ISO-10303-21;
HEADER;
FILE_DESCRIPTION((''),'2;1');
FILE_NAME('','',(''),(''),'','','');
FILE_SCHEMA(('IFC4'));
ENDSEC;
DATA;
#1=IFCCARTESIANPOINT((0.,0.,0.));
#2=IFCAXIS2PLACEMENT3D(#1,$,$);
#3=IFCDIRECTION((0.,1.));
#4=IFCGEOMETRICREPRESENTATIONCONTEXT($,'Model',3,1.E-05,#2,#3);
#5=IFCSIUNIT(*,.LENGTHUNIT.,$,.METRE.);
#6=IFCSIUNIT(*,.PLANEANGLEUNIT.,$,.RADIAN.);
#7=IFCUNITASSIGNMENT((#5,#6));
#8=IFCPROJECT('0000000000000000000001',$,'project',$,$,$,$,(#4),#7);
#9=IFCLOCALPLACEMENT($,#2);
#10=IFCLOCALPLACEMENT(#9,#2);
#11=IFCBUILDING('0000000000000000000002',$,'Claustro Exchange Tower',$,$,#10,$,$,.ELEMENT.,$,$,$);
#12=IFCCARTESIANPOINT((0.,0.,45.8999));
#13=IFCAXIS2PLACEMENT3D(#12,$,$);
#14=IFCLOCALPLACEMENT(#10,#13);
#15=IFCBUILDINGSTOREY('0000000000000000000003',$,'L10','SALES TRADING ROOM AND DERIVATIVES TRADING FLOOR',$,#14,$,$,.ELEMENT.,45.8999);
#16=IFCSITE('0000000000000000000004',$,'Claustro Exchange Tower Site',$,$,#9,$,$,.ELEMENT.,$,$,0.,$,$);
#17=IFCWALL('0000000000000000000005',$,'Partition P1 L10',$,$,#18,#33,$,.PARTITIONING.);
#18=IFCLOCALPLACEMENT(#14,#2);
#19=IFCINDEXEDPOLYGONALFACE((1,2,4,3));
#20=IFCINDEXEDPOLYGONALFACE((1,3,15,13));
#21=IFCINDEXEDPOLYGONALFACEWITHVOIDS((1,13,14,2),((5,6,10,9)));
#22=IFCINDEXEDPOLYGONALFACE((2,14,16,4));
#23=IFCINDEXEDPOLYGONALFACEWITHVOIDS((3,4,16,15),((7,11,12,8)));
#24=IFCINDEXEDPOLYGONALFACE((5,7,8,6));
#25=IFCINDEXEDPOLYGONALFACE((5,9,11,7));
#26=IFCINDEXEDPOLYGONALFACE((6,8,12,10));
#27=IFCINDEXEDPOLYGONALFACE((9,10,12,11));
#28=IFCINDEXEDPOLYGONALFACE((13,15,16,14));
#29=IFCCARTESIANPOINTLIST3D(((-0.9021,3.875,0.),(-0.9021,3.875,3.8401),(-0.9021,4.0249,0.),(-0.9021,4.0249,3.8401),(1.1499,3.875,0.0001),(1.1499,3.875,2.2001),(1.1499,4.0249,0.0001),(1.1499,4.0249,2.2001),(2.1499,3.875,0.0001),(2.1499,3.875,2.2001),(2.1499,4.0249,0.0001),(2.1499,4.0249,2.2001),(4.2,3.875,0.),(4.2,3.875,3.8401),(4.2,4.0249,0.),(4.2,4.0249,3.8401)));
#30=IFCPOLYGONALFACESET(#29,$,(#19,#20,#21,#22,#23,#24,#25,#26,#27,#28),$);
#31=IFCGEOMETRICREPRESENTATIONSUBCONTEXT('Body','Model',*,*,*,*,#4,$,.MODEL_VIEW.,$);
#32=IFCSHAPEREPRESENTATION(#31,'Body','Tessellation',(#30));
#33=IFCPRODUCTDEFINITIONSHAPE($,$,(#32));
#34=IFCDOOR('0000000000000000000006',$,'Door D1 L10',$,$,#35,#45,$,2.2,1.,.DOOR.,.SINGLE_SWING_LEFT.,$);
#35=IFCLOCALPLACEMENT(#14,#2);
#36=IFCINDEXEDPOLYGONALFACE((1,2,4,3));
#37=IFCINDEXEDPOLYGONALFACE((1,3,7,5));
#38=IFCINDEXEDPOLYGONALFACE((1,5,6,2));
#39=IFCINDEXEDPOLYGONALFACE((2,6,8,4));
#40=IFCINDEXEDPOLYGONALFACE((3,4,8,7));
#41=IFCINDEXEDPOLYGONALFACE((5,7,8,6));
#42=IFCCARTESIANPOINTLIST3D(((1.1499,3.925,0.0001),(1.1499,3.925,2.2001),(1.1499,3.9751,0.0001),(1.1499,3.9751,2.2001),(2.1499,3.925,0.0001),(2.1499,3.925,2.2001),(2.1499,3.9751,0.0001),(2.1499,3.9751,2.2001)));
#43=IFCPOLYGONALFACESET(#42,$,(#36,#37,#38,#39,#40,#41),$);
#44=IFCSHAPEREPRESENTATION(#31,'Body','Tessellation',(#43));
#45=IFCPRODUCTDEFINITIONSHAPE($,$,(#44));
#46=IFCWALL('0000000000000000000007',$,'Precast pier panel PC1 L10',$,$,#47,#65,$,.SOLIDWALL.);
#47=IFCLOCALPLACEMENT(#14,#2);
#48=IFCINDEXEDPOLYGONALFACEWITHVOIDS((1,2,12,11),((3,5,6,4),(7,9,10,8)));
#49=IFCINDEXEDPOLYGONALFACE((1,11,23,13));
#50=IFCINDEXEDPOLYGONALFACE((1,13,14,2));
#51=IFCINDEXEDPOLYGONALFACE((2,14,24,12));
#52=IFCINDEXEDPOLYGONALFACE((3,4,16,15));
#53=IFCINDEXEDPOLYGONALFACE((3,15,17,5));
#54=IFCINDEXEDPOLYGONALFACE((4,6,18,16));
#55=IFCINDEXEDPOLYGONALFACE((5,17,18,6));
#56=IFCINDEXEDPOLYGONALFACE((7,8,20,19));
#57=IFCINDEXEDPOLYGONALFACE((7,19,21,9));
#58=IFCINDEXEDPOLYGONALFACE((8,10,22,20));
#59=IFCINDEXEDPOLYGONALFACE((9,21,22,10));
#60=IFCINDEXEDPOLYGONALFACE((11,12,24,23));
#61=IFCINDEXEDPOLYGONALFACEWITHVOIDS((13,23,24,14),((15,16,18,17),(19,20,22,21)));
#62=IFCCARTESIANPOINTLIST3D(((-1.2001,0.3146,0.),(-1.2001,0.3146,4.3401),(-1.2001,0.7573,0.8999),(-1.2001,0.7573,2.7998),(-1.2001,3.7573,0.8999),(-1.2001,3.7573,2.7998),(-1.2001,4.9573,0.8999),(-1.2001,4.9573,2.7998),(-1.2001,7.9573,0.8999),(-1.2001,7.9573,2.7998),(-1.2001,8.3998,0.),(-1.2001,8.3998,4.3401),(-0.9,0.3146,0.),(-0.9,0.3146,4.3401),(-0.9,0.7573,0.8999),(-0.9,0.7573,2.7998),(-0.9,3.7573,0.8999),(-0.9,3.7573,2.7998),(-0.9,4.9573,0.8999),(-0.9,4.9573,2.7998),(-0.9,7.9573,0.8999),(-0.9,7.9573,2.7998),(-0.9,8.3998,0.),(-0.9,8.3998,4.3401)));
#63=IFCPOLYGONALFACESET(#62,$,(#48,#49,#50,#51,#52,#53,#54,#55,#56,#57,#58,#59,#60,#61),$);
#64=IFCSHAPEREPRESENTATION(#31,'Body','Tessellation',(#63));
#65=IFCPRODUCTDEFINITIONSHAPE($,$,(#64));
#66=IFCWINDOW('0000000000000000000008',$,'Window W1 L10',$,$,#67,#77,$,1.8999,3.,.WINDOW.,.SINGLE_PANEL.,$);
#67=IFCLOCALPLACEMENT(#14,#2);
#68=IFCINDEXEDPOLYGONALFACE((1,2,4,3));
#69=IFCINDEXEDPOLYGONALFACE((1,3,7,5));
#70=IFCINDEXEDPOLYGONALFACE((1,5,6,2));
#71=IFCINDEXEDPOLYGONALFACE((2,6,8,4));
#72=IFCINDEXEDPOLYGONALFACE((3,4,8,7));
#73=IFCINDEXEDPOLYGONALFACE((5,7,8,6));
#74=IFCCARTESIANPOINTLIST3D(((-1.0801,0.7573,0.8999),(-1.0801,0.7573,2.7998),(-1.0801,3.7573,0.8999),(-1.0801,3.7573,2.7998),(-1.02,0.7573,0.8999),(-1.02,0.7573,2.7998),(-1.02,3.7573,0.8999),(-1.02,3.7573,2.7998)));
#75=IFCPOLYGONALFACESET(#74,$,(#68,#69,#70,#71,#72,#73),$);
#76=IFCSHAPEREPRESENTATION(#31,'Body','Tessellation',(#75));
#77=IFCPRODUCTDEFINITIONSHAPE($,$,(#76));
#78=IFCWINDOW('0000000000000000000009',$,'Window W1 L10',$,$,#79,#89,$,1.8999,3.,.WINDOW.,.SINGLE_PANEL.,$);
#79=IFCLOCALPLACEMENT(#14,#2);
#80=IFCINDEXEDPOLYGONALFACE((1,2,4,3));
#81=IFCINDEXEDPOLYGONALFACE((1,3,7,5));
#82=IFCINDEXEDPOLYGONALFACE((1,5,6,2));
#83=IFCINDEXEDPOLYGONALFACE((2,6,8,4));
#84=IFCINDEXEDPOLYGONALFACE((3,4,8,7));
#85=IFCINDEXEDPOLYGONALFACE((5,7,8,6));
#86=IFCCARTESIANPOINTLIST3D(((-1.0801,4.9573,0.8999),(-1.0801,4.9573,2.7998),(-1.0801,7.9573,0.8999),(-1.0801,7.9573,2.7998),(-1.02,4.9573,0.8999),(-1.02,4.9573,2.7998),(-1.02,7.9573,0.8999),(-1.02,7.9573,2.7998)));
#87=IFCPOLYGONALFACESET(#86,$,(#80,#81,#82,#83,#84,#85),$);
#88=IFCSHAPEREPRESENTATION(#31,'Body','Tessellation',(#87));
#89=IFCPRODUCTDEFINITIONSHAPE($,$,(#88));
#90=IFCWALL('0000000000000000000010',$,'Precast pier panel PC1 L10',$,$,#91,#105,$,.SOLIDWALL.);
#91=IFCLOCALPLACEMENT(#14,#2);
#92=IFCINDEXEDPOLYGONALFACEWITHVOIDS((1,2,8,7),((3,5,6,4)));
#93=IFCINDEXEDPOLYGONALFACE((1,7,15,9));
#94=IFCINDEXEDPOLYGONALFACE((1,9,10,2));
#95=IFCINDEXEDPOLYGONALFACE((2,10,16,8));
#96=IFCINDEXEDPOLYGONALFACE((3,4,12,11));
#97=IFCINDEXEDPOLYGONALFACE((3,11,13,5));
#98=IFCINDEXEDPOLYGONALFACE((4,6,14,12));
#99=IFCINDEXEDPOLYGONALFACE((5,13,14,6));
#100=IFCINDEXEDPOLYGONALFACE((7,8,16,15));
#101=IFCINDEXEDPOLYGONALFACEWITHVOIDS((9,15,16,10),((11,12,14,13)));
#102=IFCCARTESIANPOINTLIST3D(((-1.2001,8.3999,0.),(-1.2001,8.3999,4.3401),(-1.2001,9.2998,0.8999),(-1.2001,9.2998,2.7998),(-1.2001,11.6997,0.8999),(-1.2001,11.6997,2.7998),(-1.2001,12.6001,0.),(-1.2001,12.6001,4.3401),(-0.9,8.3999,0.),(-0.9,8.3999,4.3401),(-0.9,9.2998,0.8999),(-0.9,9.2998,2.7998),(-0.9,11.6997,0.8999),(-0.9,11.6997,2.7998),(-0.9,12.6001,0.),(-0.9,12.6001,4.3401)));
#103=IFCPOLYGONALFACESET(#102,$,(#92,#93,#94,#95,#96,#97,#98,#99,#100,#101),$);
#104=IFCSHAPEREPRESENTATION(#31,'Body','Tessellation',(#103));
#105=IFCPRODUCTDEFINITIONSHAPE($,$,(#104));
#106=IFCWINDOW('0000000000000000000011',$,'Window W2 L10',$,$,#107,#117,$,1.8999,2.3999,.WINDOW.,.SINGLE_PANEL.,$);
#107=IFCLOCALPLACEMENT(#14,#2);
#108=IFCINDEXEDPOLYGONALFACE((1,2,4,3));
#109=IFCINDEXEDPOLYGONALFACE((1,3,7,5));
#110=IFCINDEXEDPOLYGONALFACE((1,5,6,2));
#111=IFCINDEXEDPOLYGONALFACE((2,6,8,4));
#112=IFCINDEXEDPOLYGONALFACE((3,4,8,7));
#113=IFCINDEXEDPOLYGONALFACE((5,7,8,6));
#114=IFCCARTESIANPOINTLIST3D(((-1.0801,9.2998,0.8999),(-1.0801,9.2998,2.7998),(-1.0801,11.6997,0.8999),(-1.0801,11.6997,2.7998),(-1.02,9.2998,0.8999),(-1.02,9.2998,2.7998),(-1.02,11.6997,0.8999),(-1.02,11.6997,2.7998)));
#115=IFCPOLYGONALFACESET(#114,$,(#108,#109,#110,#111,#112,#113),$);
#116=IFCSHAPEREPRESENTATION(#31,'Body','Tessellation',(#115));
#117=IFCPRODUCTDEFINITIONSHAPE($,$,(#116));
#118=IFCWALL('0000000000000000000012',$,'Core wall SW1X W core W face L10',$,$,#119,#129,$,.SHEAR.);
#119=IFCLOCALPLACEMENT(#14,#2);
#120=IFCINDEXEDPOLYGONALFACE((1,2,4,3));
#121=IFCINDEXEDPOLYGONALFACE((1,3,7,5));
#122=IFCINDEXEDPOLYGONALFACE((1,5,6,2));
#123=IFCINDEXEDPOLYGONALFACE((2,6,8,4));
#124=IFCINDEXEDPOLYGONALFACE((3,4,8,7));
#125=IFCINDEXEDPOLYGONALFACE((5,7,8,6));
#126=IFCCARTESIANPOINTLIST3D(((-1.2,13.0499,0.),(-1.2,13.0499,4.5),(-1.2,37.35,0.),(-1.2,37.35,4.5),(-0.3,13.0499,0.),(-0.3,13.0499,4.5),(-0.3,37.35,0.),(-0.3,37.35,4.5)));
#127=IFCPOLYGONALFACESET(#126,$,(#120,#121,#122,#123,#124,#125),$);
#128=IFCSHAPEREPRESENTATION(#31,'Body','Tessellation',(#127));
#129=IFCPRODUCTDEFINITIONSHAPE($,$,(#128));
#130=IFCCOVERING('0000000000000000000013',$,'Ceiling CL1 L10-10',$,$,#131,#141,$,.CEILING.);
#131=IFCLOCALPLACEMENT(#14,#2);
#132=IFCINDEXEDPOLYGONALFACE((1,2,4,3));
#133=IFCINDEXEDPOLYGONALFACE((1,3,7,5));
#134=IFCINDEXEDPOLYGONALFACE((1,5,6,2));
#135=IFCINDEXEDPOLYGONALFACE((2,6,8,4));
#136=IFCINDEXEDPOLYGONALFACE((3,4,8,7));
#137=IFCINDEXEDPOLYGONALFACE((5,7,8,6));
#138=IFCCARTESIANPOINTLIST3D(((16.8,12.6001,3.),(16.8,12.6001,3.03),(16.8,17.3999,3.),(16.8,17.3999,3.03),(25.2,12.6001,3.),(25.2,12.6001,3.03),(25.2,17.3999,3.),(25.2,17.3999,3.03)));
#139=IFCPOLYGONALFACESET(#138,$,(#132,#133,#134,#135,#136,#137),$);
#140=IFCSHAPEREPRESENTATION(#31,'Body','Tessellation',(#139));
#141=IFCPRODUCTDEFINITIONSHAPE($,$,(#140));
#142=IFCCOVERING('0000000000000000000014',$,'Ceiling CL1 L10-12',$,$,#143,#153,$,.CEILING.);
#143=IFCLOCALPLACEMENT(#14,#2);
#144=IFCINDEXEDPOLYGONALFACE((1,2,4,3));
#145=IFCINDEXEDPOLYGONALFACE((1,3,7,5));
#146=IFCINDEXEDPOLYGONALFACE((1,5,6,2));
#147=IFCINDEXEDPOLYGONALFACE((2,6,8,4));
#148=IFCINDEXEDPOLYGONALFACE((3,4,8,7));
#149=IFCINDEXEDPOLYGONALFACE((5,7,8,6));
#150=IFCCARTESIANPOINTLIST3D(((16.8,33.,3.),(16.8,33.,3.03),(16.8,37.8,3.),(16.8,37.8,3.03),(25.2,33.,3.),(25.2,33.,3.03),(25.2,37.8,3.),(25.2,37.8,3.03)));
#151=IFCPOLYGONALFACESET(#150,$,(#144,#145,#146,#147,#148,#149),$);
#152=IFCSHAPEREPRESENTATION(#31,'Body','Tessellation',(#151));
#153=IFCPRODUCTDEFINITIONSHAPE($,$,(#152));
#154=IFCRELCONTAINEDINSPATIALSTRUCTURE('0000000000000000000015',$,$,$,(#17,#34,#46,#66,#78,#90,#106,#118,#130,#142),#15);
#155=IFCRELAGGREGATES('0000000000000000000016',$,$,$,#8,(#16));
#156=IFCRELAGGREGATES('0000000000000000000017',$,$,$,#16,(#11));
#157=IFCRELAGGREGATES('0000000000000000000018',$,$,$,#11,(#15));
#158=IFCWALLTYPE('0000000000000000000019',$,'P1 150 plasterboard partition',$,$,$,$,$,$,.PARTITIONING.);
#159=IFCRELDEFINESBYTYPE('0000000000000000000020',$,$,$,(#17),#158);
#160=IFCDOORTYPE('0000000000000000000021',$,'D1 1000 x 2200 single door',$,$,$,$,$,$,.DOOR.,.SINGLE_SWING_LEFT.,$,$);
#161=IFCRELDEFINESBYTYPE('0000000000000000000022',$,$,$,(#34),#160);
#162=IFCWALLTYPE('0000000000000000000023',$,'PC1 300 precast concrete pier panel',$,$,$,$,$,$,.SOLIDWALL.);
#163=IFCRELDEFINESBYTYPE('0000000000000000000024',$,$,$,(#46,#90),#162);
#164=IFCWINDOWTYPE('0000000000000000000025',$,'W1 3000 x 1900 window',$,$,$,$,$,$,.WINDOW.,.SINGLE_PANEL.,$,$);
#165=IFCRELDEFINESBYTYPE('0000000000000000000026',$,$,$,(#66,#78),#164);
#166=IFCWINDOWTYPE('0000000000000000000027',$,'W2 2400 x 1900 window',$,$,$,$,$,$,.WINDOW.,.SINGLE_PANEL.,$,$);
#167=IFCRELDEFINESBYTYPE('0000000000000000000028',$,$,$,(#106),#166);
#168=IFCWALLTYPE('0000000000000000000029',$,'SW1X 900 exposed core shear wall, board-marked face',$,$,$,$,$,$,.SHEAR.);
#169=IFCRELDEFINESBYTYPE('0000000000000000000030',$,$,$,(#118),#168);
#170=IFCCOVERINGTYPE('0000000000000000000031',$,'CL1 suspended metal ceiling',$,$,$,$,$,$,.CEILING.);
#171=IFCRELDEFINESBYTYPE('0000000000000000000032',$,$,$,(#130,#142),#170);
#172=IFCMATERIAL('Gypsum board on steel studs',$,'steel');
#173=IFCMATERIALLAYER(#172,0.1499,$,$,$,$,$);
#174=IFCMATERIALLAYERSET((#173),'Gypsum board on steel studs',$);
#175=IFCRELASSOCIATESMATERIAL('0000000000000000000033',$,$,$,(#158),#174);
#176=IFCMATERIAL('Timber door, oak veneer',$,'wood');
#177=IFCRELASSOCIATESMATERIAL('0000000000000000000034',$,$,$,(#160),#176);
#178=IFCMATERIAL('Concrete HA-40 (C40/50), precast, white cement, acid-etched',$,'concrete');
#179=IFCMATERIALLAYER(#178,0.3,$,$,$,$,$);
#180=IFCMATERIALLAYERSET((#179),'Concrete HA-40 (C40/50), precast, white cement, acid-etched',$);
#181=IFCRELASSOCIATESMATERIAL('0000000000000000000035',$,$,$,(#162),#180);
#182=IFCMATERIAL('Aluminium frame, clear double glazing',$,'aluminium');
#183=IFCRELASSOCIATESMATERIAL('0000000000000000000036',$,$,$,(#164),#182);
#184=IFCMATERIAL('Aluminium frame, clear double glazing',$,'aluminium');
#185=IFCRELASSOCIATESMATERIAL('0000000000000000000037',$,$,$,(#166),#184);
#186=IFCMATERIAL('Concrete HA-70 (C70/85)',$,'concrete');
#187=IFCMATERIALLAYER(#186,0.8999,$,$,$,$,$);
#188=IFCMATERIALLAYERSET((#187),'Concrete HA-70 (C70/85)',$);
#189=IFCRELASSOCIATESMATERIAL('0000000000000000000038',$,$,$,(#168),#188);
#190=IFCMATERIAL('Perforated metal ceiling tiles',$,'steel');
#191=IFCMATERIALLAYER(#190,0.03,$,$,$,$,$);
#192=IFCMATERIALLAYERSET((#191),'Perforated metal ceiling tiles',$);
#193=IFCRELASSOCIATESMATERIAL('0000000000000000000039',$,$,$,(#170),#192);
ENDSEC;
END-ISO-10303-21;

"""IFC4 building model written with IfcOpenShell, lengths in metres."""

from ifc_helpers import new_model, si_unit, direction, frame, frame_2d, origin, place, context, subcontext, project, spatial, polyline, rectangle, outline, extrude, material, layer, layer_set, type_object, element, fill, save


model = new_model("IFC4")

# Units and contexts
model_context = context("Model", 3, precision=1e-05, world=origin(), true_north=direction((0.0, 1.0)))
body_context = subcontext(model_context, "Body", "Model", "MODEL_VIEW")
ifc_project = project(units=[si_unit("LENGTHUNIT", "METRE"), si_unit("PLANEANGLEUNIT", "RADIAN")], contexts=[model_context])

# Site, building, storey
site_placement = place(None, origin())
site = spatial("IfcSite", under=ifc_project, at=site_placement, Name="Claustro Exchange Tower Site", CompositionType="ELEMENT", RefElevation=0.0)
building_placement = place(site_placement, origin())
building = spatial("IfcBuilding", under=site, at=building_placement, Name="Claustro Exchange Tower", CompositionType="ELEMENT")
storey_placement = place(building_placement, frame((0.0, 0.0, 45.8999)))
storey = spatial("IfcBuildingStorey", under=building, at=storey_placement, Name="L10", Description="SALES TRADING ROOM AND DERIVATIVES TRADING FLOOR", CompositionType="ELEMENT", Elevation=45.8999)

# Wall, opening, door
ifc_material_1 = material(Name="Gypsum board on steel studs", Category="steel")
ifc_layer_1 = layer(ifc_material_1, 0.1499)
ifc_layer_set_1 = layer_set([ifc_layer_1], Name="Gypsum board on steel studs")
wall_type_1 = type_object("IfcWallType", Name="P1 150 plasterboard partition", PredefinedType="PARTITIONING", material=ifc_layer_set_1)
wall_1_placement = place(storey_placement, frame((-0.9021, 3.95, 0.0), z_axis=(0.0, 0.0, 1.0), x_axis=(1.0, 0.0, 0.0)))
wall_1 = element("IfcWall", 1, at=wall_1_placement, inside=storey, type_object=wall_type_1, Name="Partition P1 L10", PredefinedType="PARTITIONING", context=body_context, shape_type="SweptSolid", body=[
    extrude(rectangle(XDim=5.1021, YDim=0.1499, at=frame_2d((2.551, 0.0))), origin(), (0.0, 0.0, 1.0), 3.8401),
])
opening_1_placement = place(wall_1_placement, frame((2.052, 0.0, 0.0)))
opening_1 = element("IfcOpeningElement", 2, at=opening_1_placement, cuts=wall_1, PredefinedType="OPENING", context=body_context, shape_type="SweptSolid", body=[
    extrude(rectangle(XDim=1.0, YDim=2.2, at=frame_2d((0.5, 1.1001))), frame((0.0, 0.085, 0.0), z_axis=(0.0, -1.0, 0.0), x_axis=(1.0, 0.0, 0.0)), (0.0, 0.0, 1.0), 0.1699),
])
ifc_material_2 = material(Name="Timber door, oak veneer", Category="wood")
door_type_1 = type_object("IfcDoorType", Name="D1 1000 x 2200 single door", OperationType="SINGLE_SWING_LEFT", PredefinedType="DOOR", material=ifc_material_2)
door_1_placement = place(opening_1_placement, frame((1.0, 0.0, 0.0), z_axis=(0.0, 0.0, 1.0), x_axis=(-1.0, 0.0, 0.0)))
door_1 = element("IfcDoor", 3, at=door_1_placement, inside=storey, type_object=door_type_1, Name="Door D1 L10", OperationType="SINGLE_SWING_LEFT", OverallHeight=2.2, OverallWidth=1.0, PredefinedType="DOOR", context=body_context, shape_type="SweptSolid", body=[
    extrude(rectangle(XDim=1.0, YDim=2.2, at=frame_2d((0.5, 1.1001))), frame((0.0, 0.0249, 0.0), z_axis=(0.0, -1.0, 0.0), x_axis=(1.0, 0.0, 0.0)), (0.0, 0.0, 1.0), 0.05),
])
fill(opening_1, door_1)

# Wall, openings, windows
ifc_material_3 = material(Name="Concrete HA-40 (C40/50), precast, white cement, acid-etched", Category="concrete")
ifc_layer_2 = layer(ifc_material_3, 0.3)
ifc_layer_set_2 = layer_set([ifc_layer_2], Name="Concrete HA-40 (C40/50), precast, white cement, acid-etched")
wall_type_2 = type_object("IfcWallType", Name="PC1 300 precast concrete pier panel", PredefinedType="SOLIDWALL", material=ifc_layer_set_2)
wall_2_placement = place(storey_placement, frame((-1.05, 0.3147, 0.0), z_axis=(0.0, 0.0, 1.0), x_axis=(0.0, 1.0, 0.0)))
wall_2 = element("IfcWall", 4, at=wall_2_placement, inside=storey, type_object=wall_type_2, Name="Precast pier panel PC1 L10", PredefinedType="SOLIDWALL", context=body_context, shape_type="SweptSolid", body=[
    extrude(rectangle(XDim=8.0852, YDim=0.3, at=frame_2d((4.0425, 0.0))), origin(), (0.0, 0.0, 1.0), 4.3401),
])
opening_2_placement = place(wall_2_placement, frame((0.4426, 0.0, 0.8999)))
opening_2 = element("IfcOpeningElement", 5, at=opening_2_placement, cuts=wall_2, PredefinedType="OPENING", context=body_context, shape_type="SweptSolid", body=[
    extrude(rectangle(XDim=3.0, YDim=1.8999, at=frame_2d((1.5, 0.95))), frame((0.0, 0.1599, 0.0), z_axis=(0.0, -1.0, 0.0), x_axis=(1.0, 0.0, 0.0)), (0.0, 0.0, 1.0), 0.3201),
])
opening_3_placement = place(wall_2_placement, frame((4.6426, 0.0, 0.8999)))
opening_3 = element("IfcOpeningElement", 6, at=opening_3_placement, cuts=wall_2, PredefinedType="OPENING", context=body_context, shape_type="SweptSolid", body=[
    extrude(rectangle(XDim=3.0, YDim=1.8999, at=frame_2d((1.5, 0.95))), frame((0.0, 0.1599, 0.0), z_axis=(0.0, -1.0, 0.0), x_axis=(1.0, 0.0, 0.0)), (0.0, 0.0, 1.0), 0.3201),
])
ifc_material_4 = material(Name="Aluminium frame, clear double glazing", Category="aluminium")
window_type_1 = type_object("IfcWindowType", Name="W1 3000 x 1900 window", PartitioningType="SINGLE_PANEL", PredefinedType="WINDOW", material=ifc_material_4)
window_1_placement = place(opening_2_placement, origin())
window_1 = element("IfcWindow", 7, at=window_1_placement, inside=storey, type_object=window_type_1, Name="Window W1 L10", OverallHeight=1.8999, OverallWidth=3.0, PartitioningType="SINGLE_PANEL", PredefinedType="WINDOW", context=body_context, shape_type="SweptSolid", body=[
    extrude(rectangle(XDim=3.0, YDim=1.8999, at=frame_2d((1.5, 0.95))), frame((0.0, 0.03, 0.0), z_axis=(0.0, -1.0, 0.0), x_axis=(1.0, 0.0, 0.0)), (0.0, 0.0, 1.0), 0.0601),
])
fill(opening_2, window_1)
window_2_placement = place(opening_3_placement, origin())
window_2 = element("IfcWindow", 8, at=window_2_placement, inside=storey, type_object=window_type_1, Name="Window W1 L10", OverallHeight=1.8999, OverallWidth=3.0, PartitioningType="SINGLE_PANEL", PredefinedType="WINDOW", context=body_context, shape_type="SweptSolid", body=[
    extrude(rectangle(XDim=3.0, YDim=1.8999, at=frame_2d((1.5, 0.95))), frame((0.0, 0.03, 0.0), z_axis=(0.0, -1.0, 0.0), x_axis=(1.0, 0.0, 0.0)), (0.0, 0.0, 1.0), 0.0601),
])
fill(opening_3, window_2)

# Wall, opening, window
wall_3_placement = place(storey_placement, frame((-1.05, 8.3999, 0.0), z_axis=(0.0, 0.0, 1.0), x_axis=(0.0, 1.0, 0.0)))
wall_3 = element("IfcWall", 9, at=wall_3_placement, inside=storey, type_object=wall_type_2, Name="Precast pier panel PC1 L10", PredefinedType="SOLIDWALL", context=body_context, shape_type="SweptSolid", body=[
    extrude(rectangle(XDim=4.2002, YDim=0.3, at=frame_2d((2.1001, 0.0))), origin(), (0.0, 0.0, 1.0), 4.3401),
])
opening_4_placement = place(wall_3_placement, frame((0.8999, 0.0, 0.8999)))
opening_4 = element("IfcOpeningElement", 10, at=opening_4_placement, cuts=wall_3, PredefinedType="OPENING", context=body_context, shape_type="SweptSolid", body=[
    extrude(rectangle(XDim=2.3999, YDim=1.8999, at=frame_2d((1.2, 0.95))), frame((0.0, 0.1599, 0.0), z_axis=(0.0, -1.0, 0.0), x_axis=(1.0, 0.0, 0.0)), (0.0, 0.0, 1.0), 0.3201),
])
ifc_material_5 = material(Name="Aluminium frame, clear double glazing", Category="aluminium")
window_type_2 = type_object("IfcWindowType", Name="W2 2400 x 1900 window", PartitioningType="SINGLE_PANEL", PredefinedType="WINDOW", material=ifc_material_5)
window_3_placement = place(opening_4_placement, origin())
window_3 = element("IfcWindow", 11, at=window_3_placement, inside=storey, type_object=window_type_2, Name="Window W2 L10", OverallHeight=1.8999, OverallWidth=2.3999, PartitioningType="SINGLE_PANEL", PredefinedType="WINDOW", context=body_context, shape_type="SweptSolid", body=[
    extrude(rectangle(XDim=2.3999, YDim=1.8999, at=frame_2d((1.2, 0.95))), frame((0.0, 0.03, 0.0), z_axis=(0.0, -1.0, 0.0), x_axis=(1.0, 0.0, 0.0)), (0.0, 0.0, 1.0), 0.0601),
])
fill(opening_4, window_3)

# Wall
ifc_material_6 = material(Name="Concrete HA-70 (C70/85)", Category="concrete")
ifc_layer_3 = layer(ifc_material_6, 0.8999)
ifc_layer_set_3 = layer_set([ifc_layer_3], Name="Concrete HA-70 (C70/85)")
wall_type_3 = type_object("IfcWallType", Name="SW1X 900 exposed core shear wall, board-marked face", PredefinedType="SHEAR", material=ifc_layer_set_3)
wall_4_placement = place(storey_placement, frame((-0.75, 13.05, 0.0), z_axis=(0.0, 0.0, 1.0), x_axis=(0.0, 1.0, 0.0)))
element("IfcWall", 12, at=wall_4_placement, inside=storey, type_object=wall_type_3, Name="Core wall SW1X W core W face L10", PredefinedType="SHEAR", context=body_context, shape_type="SweptSolid", body=[
    extrude(rectangle(XDim=24.3, YDim=0.8999, at=frame_2d((12.1499, 0.0))), origin(), (0.0, 0.0, 1.0), 4.5),
])

# Coverings
ifc_material_7 = material(Name="Perforated metal ceiling tiles", Category="steel")
ifc_layer_4 = layer(ifc_material_7, 0.03)
ifc_layer_set_4 = layer_set([ifc_layer_4], Name="Perforated metal ceiling tiles")
covering_type_1 = type_object("IfcCoveringType", Name="CL1 suspended metal ceiling", PredefinedType="CEILING", material=ifc_layer_set_4)
covering_1_placement = place(storey_placement, frame((0.0, 0.0, 3.0)))
element("IfcCovering", 13, at=covering_1_placement, inside=storey, type_object=covering_type_1, Name="Ceiling CL1 L10-10", PredefinedType="CEILING", context=body_context, shape_type="SweptSolid", body=[
    extrude(outline(polyline([(16.8, 17.3999), (16.8, 12.6001), (25.2, 12.6001), (25.2, 17.3999), (16.8, 17.3999)])), origin(), (0.0, 0.0, 1.0), 0.03),
])
covering_2_placement = place(storey_placement, frame((0.0, 0.0, 3.0)))
element("IfcCovering", 14, at=covering_2_placement, inside=storey, type_object=covering_type_1, Name="Ceiling CL1 L10-12", PredefinedType="CEILING", context=body_context, shape_type="SweptSolid", body=[
    extrude(outline(polyline([(16.8, 33.0), (25.2, 33.0), (25.2, 37.8), (16.8, 37.8), (16.8, 33.0)])), origin(), (0.0, 0.0, 1.0), 0.03),
])

save(model, "model.ifc")
